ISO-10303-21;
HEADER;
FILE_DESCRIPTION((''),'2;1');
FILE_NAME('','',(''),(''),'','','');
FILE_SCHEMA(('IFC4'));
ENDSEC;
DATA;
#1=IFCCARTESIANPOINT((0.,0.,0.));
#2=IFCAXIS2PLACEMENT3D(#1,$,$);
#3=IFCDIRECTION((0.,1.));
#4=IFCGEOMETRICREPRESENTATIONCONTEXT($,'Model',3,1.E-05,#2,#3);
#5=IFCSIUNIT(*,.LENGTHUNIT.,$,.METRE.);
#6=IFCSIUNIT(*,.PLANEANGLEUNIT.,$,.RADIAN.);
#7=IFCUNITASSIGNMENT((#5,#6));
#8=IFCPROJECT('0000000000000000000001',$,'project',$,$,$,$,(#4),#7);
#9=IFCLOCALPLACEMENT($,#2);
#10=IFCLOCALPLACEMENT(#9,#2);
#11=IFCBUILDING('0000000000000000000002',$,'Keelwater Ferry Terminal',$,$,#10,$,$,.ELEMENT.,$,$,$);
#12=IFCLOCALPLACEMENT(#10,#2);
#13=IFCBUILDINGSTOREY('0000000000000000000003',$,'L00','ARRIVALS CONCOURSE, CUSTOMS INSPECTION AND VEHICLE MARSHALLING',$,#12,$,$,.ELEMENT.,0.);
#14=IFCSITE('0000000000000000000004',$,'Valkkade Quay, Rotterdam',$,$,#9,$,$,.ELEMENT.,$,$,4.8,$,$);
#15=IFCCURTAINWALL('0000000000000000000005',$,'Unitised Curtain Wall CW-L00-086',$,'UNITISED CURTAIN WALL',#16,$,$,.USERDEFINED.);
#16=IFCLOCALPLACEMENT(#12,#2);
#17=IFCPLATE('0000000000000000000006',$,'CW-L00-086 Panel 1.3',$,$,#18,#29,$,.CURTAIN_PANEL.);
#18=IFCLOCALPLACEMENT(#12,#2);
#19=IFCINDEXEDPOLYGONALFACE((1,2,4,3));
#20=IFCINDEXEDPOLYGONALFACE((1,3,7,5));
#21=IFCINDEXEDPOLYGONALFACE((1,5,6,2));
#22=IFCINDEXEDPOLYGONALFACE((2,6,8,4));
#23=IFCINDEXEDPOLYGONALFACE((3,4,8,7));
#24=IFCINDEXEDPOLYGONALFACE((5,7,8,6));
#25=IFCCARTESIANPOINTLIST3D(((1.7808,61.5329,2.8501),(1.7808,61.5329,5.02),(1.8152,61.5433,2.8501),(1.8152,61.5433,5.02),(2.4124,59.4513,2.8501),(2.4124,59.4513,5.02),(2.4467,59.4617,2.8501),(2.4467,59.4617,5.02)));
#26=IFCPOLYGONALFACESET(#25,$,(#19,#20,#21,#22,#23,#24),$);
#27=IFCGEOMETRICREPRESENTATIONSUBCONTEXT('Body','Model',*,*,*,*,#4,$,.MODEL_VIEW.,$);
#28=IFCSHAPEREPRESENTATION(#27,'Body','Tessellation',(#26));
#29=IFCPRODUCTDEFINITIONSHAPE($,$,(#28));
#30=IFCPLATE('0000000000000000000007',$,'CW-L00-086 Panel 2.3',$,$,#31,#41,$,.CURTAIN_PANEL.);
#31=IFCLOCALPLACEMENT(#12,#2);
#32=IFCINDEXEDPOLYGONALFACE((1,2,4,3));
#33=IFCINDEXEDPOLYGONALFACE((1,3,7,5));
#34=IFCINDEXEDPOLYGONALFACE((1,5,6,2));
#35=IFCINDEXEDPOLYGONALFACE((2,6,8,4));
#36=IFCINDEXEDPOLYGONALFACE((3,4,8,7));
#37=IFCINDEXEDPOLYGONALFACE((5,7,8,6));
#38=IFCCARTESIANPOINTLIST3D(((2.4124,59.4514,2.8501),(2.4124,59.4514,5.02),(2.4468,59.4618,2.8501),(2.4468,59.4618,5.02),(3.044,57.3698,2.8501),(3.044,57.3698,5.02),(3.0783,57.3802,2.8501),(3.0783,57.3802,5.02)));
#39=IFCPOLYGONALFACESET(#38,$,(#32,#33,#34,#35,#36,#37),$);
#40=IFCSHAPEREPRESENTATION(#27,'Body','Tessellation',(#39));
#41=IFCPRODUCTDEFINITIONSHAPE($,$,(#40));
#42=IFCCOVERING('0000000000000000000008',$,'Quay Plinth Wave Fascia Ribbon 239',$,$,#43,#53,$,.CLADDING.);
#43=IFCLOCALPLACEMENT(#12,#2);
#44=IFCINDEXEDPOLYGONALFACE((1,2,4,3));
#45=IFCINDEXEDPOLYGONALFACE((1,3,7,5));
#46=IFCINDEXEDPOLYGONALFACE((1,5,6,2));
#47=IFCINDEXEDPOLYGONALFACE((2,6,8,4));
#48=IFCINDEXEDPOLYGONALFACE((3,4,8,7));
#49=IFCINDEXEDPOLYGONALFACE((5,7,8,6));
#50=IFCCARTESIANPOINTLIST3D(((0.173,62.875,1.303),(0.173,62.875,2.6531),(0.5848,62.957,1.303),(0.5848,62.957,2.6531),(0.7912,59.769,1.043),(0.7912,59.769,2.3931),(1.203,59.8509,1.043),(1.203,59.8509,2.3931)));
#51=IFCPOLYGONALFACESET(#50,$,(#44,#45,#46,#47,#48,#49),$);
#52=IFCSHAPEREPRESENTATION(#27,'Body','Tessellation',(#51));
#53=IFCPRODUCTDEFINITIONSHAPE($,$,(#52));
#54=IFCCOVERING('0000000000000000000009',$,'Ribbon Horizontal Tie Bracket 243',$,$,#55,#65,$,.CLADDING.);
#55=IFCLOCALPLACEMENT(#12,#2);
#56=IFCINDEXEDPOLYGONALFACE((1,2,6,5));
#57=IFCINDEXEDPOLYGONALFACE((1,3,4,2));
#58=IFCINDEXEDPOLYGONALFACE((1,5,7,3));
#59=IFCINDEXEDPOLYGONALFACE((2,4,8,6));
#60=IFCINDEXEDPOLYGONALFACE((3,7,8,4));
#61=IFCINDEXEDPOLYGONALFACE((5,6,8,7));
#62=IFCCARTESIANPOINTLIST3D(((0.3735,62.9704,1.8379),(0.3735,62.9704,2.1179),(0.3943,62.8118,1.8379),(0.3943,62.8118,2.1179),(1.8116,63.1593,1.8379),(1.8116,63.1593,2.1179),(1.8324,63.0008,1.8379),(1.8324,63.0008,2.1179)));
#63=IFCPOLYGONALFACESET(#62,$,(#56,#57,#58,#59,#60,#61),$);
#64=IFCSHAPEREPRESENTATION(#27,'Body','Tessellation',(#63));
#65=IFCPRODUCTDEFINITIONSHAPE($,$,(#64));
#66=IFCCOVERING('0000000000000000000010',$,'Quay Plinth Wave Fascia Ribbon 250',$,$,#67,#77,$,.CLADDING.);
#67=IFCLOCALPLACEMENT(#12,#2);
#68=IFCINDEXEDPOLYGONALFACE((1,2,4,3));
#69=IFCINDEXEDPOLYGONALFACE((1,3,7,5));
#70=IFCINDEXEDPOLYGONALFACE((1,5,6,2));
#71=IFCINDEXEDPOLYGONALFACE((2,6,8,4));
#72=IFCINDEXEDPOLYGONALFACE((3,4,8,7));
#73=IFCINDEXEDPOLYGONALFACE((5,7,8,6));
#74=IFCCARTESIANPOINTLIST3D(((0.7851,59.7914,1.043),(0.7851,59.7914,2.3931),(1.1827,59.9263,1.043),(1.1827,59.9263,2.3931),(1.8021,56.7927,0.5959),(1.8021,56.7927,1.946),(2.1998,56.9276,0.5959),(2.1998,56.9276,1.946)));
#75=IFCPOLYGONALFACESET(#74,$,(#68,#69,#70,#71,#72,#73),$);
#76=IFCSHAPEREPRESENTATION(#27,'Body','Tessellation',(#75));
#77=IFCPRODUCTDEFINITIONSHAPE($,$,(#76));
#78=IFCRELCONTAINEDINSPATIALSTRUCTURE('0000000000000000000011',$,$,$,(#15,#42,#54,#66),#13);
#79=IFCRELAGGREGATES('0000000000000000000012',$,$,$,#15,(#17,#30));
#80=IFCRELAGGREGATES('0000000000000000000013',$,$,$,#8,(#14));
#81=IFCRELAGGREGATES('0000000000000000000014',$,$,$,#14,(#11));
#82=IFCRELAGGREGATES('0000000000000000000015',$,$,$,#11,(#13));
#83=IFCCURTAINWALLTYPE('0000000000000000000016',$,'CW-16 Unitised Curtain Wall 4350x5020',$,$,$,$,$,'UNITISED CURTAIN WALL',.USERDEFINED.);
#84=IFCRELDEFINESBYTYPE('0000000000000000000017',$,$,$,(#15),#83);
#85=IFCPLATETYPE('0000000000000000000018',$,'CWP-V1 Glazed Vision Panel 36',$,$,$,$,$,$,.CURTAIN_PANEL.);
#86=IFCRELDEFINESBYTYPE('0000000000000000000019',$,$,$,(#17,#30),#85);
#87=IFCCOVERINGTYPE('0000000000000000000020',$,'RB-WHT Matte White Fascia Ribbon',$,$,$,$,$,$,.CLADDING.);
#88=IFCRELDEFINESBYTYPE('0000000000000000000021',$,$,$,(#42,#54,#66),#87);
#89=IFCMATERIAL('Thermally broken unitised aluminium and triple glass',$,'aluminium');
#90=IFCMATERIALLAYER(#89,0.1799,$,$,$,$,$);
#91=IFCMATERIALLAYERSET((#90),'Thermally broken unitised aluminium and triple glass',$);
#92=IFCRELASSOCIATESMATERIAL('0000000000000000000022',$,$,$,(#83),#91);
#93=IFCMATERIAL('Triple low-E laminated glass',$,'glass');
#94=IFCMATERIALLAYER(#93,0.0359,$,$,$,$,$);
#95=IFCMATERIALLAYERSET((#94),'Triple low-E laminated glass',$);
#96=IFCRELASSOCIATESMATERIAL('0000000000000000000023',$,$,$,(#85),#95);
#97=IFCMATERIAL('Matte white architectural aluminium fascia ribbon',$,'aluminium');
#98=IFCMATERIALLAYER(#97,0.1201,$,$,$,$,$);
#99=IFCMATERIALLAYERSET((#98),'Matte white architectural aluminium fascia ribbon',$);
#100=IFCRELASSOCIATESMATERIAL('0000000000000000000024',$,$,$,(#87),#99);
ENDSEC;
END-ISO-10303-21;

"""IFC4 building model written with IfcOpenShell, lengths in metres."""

from ifc_helpers import new_model, si_unit, direction, frame, frame_2d, origin, origin_2d, place, context, subcontext, project, spatial, polyline, rectangle, outline, extrude, material, layer, layer_set, type_object, element, aggregate, save


model = new_model("IFC4")

# Units and contexts
model_context = context("Model", 3, precision=1e-05, world=origin(), true_north=direction((0.0, 1.0)))
body_context = subcontext(model_context, "Body", "Model", "MODEL_VIEW")
ifc_project = project(units=[si_unit("LENGTHUNIT", "METRE"), si_unit("PLANEANGLEUNIT", "RADIAN")], contexts=[model_context])

# Site, building, storey
site_placement = place(None, origin())
site = spatial("IfcSite", under=ifc_project, at=site_placement, Name="Valkkade Quay, Rotterdam", CompositionType="ELEMENT", RefElevation=4.8)
building_placement = place(site_placement, origin())
building = spatial("IfcBuilding", under=site, at=building_placement, Name="Keelwater Ferry Terminal", CompositionType="ELEMENT")
storey_placement = place(building_placement, origin())
storey = spatial("IfcBuildingStorey", under=building, at=storey_placement, Name="L00", Description="ARRIVALS CONCOURSE, CUSTOMS INSPECTION AND VEHICLE MARSHALLING", CompositionType="ELEMENT", Elevation=0.0)

# Curtain wall
ifc_material_1 = material(Name="Thermally broken unitised aluminium and triple glass", Category="aluminium")
ifc_layer_1 = layer(ifc_material_1, 0.1799)
ifc_layer_set_1 = layer_set([ifc_layer_1], Name="Thermally broken unitised aluminium and triple glass")
curtain_wall_type = type_object("IfcCurtainWallType", Name="CW-16 Unitised Curtain Wall 4350x5020", ElementType="UNITISED CURTAIN WALL", PredefinedType="USERDEFINED", material=ifc_layer_set_1)
curtain_wall_1_placement = place(storey_placement, origin())
curtain_wall_1 = element("IfcCurtainWall", 1, at=curtain_wall_1_placement, inside=storey, type_object=curtain_wall_type, Name="Unitised Curtain Wall CW-L00-086", ObjectType="UNITISED CURTAIN WALL", PredefinedType="USERDEFINED")

# Plates
ifc_material_2 = material(Name="Triple low-E laminated glass", Category="glass")
ifc_layer_2 = layer(ifc_material_2, 0.0359)
ifc_layer_set_2 = layer_set([ifc_layer_2], Name="Triple low-E laminated glass")
plate_type_1 = type_object("IfcPlateType", Name="CWP-V1 Glazed Vision Panel 36", PredefinedType="CURTAIN_PANEL", material=ifc_layer_set_2)
plate_1_placement = place(storey_placement, frame((2.1138, 60.4973, 2.8501), z_axis=(0.0, 0.0, 1.0), x_axis=(0.29032, -0.95693, 0.0)))
plate_1 = element("IfcPlate", 2, at=plate_1_placement, type_object=plate_type_1, Name="CW-L00-086 Panel 1.3", PredefinedType="CURTAIN_PANEL", context=body_context, shape_type="SweptSolid", body=[
    extrude(rectangle(XDim=2.1753, YDim=0.0359, at=origin_2d()), origin(), (0.0, 0.0, 1.0), 2.1699),
])
plate_2_placement = place(storey_placement, frame((2.7454, 58.4158, 2.8501), z_axis=(0.0, 0.0, 1.0), x_axis=(0.29032, -0.95693, 0.0)))
plate_2 = element("IfcPlate", 3, at=plate_2_placement, type_object=plate_type_1, Name="CW-L00-086 Panel 2.3", PredefinedType="CURTAIN_PANEL", context=body_context, shape_type="SweptSolid", body=[
    extrude(rectangle(XDim=2.1753, YDim=0.0359, at=origin_2d()), origin(), (0.0, 0.0, 1.0), 2.1699),
])
aggregate(curtain_wall_1, [plate_1, plate_2])

# Coverings
ifc_material_3 = material(Name="Matte white architectural aluminium fascia ribbon", Category="aluminium")
ifc_layer_3 = layer(ifc_material_3, 0.1201)
ifc_layer_set_3 = layer_set([ifc_layer_3], Name="Matte white architectural aluminium fascia ribbon")
covering_type = type_object("IfcCoveringType", Name="RB-WHT Matte White Fascia Ribbon", PredefinedType="CLADDING", material=ifc_layer_set_3)
covering_1_placement = place(storey_placement, frame((0.3789, 62.916, 1.043), z_axis=(0.0, 0.0, 1.0), x_axis=(0.195197, -0.980764, 0.0)))
element("IfcCovering", 4, at=covering_1_placement, inside=storey, type_object=covering_type, Name="Quay Plinth Wave Fascia Ribbon 239", PredefinedType="CLADDING", context=body_context, shape_type="SweptSolid", body=[
    extrude(outline(polyline([(0.0, 0.26), (3.167, 0.0), (3.167, 1.3501), (0.0, 1.6101), (0.0, 0.26)])), frame((0.0, 0.21, 0.0), z_axis=(0.0, -1.0, 0.0), x_axis=(1.0, 0.0, 0.0)), (0.0, 0.0, 1.0), 0.4199),
])
covering_2_placement = place(storey_placement, frame((0.384, 62.8911, 1.8379), z_axis=(0.0, 0.0, 1.0), x_axis=(0.991476, 0.130289, 0.0)))
element("IfcCovering", 5, at=covering_2_placement, inside=storey, type_object=covering_type, Name="Ribbon Horizontal Tie Bracket 243", PredefinedType="CLADDING", context=body_context, shape_type="SweptSolid", body=[
    extrude(rectangle(XDim=1.4504, YDim=0.1599, at=frame_2d((0.7251, 0.0))), origin(), (0.0, 0.0, 1.0), 0.28),
])
covering_3_placement = place(storey_placement, frame((0.9839, 59.8589, 0.5959), z_axis=(0.0, 0.0, 1.0), x_axis=(0.321196, -0.947013, 0.0)))
element("IfcCovering", 6, at=covering_3_placement, inside=storey, type_object=covering_type, Name="Quay Plinth Wave Fascia Ribbon 250", PredefinedType="CLADDING", context=body_context, shape_type="SweptSolid", body=[
    extrude(outline(polyline([(0.0, 0.447), (3.1665, 0.0), (3.1665, 1.3501), (0.0, 1.7971), (0.0, 0.447)])), frame((0.0, 0.21, 0.0), z_axis=(0.0, -1.0, 0.0), x_axis=(1.0, 0.0, 0.0)), (0.0, 0.0, 1.0), 0.4199),
])

save(model, "model.ifc")
